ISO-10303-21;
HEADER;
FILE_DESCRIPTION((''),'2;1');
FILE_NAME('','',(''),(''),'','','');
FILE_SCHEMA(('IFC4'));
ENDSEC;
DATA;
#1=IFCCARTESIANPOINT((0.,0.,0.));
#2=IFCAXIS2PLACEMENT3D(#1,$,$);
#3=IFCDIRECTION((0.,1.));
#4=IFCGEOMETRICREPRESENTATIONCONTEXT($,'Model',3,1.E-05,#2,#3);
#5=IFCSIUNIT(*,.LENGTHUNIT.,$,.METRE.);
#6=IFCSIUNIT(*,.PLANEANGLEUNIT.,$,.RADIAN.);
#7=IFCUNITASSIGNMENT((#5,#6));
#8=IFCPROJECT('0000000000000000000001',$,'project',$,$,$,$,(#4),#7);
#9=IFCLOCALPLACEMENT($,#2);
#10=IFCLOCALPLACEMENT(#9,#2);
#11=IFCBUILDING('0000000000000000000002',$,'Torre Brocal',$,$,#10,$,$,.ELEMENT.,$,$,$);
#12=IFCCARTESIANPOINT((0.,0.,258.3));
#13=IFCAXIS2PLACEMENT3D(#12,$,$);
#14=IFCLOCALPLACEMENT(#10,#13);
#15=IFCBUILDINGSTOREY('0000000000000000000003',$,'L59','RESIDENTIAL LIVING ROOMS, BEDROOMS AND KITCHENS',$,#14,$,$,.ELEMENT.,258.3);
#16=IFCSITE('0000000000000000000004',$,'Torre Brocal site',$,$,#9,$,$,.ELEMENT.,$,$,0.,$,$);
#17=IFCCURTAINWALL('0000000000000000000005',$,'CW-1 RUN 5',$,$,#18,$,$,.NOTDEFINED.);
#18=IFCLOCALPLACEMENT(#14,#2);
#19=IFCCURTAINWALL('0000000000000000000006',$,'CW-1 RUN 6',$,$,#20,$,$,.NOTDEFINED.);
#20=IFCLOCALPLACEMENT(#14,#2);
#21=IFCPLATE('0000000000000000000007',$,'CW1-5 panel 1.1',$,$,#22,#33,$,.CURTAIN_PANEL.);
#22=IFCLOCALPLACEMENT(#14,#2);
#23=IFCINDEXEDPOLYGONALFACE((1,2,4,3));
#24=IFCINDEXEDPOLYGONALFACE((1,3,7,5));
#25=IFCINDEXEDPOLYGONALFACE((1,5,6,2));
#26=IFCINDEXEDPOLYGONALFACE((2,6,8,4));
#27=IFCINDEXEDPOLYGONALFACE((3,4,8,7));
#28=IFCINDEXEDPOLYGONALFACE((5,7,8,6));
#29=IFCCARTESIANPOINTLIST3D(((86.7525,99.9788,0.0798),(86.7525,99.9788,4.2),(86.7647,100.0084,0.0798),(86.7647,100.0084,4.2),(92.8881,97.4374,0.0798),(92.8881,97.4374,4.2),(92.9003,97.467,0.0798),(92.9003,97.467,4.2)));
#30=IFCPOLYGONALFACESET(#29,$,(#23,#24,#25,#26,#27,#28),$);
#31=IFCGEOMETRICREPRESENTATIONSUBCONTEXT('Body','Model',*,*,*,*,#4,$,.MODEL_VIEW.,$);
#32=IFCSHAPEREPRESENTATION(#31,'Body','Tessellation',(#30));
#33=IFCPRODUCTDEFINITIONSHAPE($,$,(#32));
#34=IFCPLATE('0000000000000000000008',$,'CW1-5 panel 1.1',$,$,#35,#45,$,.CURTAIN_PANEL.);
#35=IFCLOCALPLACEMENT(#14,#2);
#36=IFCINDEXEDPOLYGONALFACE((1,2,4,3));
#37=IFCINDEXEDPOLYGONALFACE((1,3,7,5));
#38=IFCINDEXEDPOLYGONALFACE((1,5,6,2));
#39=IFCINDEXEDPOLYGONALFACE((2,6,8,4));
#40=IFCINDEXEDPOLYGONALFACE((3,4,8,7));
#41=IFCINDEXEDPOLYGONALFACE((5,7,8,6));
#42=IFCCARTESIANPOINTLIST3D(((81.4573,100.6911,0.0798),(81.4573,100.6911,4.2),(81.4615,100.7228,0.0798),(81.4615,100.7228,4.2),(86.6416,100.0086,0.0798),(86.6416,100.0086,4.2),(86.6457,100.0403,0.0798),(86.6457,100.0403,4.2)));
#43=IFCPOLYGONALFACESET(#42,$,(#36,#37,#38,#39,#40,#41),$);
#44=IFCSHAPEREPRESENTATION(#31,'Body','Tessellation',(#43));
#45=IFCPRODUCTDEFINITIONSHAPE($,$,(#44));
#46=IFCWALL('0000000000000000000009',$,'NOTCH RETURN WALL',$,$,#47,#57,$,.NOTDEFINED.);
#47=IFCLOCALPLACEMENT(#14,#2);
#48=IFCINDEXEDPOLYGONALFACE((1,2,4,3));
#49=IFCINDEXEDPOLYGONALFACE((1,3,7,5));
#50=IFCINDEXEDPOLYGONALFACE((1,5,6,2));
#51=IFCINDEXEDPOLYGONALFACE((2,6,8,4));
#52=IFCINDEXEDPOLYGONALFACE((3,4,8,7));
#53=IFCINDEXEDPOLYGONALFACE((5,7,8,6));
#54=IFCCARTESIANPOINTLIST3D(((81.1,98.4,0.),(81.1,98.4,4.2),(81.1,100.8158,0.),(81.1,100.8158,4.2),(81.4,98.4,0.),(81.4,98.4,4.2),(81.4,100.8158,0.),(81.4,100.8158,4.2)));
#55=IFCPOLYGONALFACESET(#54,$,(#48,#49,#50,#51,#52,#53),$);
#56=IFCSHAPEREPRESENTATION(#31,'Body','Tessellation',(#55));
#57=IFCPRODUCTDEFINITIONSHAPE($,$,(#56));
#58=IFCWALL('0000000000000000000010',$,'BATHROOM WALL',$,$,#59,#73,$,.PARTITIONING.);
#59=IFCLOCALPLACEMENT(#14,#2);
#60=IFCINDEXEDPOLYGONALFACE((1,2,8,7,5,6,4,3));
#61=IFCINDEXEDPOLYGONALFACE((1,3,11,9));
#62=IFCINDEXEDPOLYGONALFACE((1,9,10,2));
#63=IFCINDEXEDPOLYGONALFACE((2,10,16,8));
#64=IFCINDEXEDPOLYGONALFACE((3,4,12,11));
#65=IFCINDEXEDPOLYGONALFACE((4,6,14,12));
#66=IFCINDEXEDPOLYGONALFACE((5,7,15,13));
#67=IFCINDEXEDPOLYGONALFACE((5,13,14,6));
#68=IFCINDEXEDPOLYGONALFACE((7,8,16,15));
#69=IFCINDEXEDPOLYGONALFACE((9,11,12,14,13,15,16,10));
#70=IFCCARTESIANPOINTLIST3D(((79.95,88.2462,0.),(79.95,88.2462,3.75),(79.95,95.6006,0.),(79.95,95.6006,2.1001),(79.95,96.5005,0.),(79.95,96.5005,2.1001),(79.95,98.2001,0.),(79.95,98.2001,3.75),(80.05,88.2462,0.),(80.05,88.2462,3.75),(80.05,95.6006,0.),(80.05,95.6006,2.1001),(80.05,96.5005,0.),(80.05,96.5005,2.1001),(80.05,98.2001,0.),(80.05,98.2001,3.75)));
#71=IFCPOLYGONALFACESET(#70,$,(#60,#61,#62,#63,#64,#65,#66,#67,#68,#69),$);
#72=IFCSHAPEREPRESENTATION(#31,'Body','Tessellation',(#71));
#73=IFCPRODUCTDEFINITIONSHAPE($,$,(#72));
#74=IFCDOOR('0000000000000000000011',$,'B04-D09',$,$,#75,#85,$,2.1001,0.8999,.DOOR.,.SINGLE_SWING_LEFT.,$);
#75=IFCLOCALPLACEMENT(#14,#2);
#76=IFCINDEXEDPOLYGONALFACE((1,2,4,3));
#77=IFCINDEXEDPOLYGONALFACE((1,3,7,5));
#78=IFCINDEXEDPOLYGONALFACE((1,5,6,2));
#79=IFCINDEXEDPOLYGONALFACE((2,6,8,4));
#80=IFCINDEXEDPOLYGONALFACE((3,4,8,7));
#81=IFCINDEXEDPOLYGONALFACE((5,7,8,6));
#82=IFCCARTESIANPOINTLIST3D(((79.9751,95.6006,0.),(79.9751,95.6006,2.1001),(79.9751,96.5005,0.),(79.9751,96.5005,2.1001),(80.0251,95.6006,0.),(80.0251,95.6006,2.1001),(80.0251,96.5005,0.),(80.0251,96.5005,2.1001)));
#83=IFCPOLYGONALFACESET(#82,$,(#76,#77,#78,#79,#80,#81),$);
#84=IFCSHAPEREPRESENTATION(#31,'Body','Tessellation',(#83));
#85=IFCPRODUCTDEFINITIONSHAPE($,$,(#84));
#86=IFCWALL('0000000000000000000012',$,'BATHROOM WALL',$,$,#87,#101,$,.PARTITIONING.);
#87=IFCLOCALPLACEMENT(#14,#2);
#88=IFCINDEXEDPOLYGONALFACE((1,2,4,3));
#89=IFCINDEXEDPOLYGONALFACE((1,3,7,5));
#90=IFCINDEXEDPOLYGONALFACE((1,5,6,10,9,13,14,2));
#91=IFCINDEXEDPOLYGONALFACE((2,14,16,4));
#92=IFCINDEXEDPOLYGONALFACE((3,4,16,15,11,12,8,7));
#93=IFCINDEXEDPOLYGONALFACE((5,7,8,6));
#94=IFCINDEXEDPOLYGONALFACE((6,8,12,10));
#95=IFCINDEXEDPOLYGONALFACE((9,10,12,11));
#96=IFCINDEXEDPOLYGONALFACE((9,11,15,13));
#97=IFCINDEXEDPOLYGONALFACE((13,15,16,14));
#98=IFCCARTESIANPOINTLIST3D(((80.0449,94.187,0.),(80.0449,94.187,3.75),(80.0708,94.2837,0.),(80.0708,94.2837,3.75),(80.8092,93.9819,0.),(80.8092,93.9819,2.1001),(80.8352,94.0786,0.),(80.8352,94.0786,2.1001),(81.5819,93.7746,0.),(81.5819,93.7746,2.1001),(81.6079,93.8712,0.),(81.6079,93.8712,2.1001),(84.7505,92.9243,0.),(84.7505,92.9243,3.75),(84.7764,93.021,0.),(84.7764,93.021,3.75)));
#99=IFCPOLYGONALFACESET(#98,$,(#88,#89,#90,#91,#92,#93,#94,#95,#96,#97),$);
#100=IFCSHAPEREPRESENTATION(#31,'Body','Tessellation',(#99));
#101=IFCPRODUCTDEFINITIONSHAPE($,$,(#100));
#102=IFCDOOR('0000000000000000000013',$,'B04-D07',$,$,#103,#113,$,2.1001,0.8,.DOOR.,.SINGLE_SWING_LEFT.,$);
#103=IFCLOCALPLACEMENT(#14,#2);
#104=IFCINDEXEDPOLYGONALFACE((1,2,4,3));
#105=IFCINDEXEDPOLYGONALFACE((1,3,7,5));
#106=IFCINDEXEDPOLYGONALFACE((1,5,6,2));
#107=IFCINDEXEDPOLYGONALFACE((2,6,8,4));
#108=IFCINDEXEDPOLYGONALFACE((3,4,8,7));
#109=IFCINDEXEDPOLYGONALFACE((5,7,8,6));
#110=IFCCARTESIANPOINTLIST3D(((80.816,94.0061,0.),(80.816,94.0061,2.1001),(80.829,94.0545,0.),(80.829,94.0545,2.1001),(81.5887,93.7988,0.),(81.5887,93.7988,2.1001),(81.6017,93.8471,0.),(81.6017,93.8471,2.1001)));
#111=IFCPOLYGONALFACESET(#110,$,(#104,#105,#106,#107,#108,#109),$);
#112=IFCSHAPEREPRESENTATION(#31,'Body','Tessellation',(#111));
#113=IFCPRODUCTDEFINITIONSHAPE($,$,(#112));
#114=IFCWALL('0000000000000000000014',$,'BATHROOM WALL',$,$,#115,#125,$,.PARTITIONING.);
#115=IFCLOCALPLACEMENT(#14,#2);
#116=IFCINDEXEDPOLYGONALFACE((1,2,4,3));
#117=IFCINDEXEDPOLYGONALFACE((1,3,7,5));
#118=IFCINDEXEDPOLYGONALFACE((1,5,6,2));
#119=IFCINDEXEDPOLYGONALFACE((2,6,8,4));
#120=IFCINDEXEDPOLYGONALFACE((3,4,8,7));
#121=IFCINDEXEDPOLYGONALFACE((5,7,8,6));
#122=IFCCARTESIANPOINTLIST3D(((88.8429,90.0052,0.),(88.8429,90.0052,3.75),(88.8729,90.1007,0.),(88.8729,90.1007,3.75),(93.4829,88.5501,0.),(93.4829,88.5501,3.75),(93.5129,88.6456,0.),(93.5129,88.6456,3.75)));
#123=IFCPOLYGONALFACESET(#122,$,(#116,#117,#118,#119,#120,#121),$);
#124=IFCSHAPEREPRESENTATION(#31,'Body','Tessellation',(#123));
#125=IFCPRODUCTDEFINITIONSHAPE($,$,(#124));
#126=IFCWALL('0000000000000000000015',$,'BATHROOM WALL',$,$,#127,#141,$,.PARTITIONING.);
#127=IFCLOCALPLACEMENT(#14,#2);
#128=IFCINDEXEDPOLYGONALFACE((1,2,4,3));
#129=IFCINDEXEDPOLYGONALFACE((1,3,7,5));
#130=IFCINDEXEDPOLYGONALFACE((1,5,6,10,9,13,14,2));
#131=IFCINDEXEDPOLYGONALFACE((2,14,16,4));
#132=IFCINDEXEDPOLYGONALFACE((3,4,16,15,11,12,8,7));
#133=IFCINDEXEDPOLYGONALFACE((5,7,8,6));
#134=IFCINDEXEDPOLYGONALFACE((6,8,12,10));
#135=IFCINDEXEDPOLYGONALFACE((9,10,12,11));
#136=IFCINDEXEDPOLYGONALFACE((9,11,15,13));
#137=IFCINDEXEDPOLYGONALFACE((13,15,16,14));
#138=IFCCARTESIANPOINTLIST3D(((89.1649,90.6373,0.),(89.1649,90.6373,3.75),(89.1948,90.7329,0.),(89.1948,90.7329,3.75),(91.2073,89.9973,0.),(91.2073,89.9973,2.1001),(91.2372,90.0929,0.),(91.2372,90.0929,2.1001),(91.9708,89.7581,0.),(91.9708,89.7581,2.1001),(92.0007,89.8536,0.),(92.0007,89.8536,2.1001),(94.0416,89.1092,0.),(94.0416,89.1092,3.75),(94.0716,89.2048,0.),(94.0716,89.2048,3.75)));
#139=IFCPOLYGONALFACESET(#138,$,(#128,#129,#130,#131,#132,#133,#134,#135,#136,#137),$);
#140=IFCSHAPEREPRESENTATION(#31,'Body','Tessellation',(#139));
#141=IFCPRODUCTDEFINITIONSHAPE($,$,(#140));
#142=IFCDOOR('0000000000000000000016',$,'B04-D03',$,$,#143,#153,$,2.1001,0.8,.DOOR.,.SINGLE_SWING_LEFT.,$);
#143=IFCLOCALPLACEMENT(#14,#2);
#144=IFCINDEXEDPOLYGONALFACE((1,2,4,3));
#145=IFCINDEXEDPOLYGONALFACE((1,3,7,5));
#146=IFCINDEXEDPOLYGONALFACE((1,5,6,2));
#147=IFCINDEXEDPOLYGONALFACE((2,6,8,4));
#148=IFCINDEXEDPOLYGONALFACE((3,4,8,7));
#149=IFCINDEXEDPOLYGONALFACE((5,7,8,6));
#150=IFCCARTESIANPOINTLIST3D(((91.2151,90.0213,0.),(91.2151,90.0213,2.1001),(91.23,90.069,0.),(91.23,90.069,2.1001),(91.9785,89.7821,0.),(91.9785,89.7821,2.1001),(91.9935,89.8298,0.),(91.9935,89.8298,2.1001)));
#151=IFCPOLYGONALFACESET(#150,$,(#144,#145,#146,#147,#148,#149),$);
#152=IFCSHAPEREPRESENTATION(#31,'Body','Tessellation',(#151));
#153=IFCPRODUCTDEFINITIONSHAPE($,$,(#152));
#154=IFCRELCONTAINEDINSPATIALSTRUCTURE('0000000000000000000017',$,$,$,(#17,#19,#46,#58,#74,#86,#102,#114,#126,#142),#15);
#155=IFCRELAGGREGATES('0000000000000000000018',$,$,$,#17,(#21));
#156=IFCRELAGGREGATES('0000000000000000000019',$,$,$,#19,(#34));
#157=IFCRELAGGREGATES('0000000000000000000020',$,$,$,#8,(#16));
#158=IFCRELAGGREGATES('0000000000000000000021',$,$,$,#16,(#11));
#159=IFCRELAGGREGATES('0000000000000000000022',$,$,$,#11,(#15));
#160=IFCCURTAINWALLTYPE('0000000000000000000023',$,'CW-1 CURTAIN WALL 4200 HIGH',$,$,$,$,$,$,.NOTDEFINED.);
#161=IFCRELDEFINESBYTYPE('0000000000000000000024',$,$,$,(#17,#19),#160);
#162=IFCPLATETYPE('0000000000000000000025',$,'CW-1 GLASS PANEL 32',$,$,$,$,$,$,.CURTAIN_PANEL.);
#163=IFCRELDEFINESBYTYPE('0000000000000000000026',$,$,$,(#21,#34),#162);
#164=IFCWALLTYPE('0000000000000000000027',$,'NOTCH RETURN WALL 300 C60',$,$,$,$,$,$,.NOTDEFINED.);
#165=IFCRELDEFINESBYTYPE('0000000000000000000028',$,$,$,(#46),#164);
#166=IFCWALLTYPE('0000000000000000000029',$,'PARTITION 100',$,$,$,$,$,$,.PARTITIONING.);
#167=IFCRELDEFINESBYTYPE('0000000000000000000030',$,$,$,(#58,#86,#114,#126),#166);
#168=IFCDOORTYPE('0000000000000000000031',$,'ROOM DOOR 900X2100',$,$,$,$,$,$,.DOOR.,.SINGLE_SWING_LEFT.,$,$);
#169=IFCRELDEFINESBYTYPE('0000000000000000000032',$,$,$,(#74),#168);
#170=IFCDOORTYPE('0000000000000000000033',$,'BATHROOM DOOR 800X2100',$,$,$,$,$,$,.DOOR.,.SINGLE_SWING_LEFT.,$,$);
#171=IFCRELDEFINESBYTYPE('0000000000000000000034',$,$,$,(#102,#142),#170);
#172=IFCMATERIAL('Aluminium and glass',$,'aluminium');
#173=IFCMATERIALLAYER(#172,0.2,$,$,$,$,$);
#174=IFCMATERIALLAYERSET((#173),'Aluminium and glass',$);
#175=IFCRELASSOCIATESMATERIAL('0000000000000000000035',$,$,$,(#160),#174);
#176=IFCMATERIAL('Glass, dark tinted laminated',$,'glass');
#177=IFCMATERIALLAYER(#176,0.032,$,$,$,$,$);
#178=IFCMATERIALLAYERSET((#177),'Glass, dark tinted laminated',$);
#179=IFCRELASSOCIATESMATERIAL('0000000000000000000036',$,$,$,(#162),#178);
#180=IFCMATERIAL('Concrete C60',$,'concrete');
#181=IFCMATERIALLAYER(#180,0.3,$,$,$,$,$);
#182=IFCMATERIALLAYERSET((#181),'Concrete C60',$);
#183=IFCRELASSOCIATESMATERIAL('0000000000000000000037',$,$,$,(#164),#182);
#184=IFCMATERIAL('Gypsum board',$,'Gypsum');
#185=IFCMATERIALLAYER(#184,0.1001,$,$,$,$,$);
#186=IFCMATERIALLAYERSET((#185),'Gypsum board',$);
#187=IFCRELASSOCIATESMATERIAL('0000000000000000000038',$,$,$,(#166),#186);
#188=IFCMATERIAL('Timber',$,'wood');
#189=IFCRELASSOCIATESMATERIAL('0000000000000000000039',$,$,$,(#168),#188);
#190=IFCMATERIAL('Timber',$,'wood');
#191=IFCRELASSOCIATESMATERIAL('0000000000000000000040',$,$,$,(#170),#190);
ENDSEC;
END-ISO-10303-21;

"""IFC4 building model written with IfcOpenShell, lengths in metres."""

from ifc_helpers import new_model, si_unit, direction, frame, frame_2d, origin, origin_2d, place, context, subcontext, project, spatial, rectangle, extrude, material, layer, layer_set, type_object, element, fill, aggregate, save


model = new_model("IFC4")

# Units and contexts
model_context = context("Model", 3, precision=1e-05, world=origin(), true_north=direction((0.0, 1.0)))
body_context = subcontext(model_context, "Body", "Model", "MODEL_VIEW")
ifc_project = project(units=[si_unit("LENGTHUNIT", "METRE"), si_unit("PLANEANGLEUNIT", "RADIAN")], contexts=[model_context])

# Site, building, storey
site_placement = place(None, origin())
site = spatial("IfcSite", under=ifc_project, at=site_placement, Name="Torre Brocal site", CompositionType="ELEMENT", RefElevation=0.0)
building_placement = place(site_placement, origin())
building = spatial("IfcBuilding", under=site, at=building_placement, Name="Torre Brocal", CompositionType="ELEMENT")
storey_placement = place(building_placement, frame((0.0, 0.0, 258.3)))
storey = spatial("IfcBuildingStorey", under=building, at=storey_placement, Name="L59", Description="RESIDENTIAL LIVING ROOMS, BEDROOMS AND KITCHENS", CompositionType="ELEMENT", Elevation=258.3)

# Curtain wall
ifc_material_1 = material(Name="Aluminium and glass", Category="aluminium")
ifc_layer_1 = layer(ifc_material_1, 0.2)
ifc_layer_set_1 = layer_set([ifc_layer_1], Name="Aluminium and glass")
curtain_wall_type = type_object("IfcCurtainWallType", Name="CW-1 CURTAIN WALL 4200 HIGH", PredefinedType="NOTDEFINED", material=ifc_layer_set_1)
curtain_wall_1_placement = place(storey_placement, origin())
curtain_wall_1 = element("IfcCurtainWall", 1, at=curtain_wall_1_placement, inside=storey, type_object=curtain_wall_type, Name="CW-1 RUN 5", PredefinedType="NOTDEFINED")

# Curtain wall
curtain_wall_2_placement = place(storey_placement, origin())
curtain_wall_2 = element("IfcCurtainWall", 2, at=curtain_wall_2_placement, inside=storey, type_object=curtain_wall_type, Name="CW-1 RUN 6", PredefinedType="NOTDEFINED")

# Plates
ifc_material_2 = material(Name="Glass, dark tinted laminated", Category="glass")
ifc_layer_2 = layer(ifc_material_2, 0.032)
ifc_layer_set_2 = layer_set([ifc_layer_2], Name="Glass, dark tinted laminated")
plate_type = type_object("IfcPlateType", Name="CW-1 GLASS PANEL 32", PredefinedType="CURTAIN_PANEL", material=ifc_layer_set_2)
plate_1_placement = place(storey_placement, frame((89.8264, 98.7229, 0.0798), z_axis=(0.0, 0.0, 1.0), x_axis=(-0.92388, 0.382683, 0.0)))
plate_1 = element("IfcPlate", 3, at=plate_1_placement, type_object=plate_type, Name="CW1-5 panel 1.1", PredefinedType="CURTAIN_PANEL", context=body_context, shape_type="SweptSolid", body=[
    extrude(rectangle(XDim=6.6411, YDim=0.032, at=origin_2d()), origin(), (0.0, 0.0, 1.0), 4.1201),
])
aggregate(curtain_wall_1, [plate_1])
plate_2_placement = place(storey_placement, frame((84.0515, 100.3657, 0.0798), z_axis=(0.0, 0.0, 1.0), x_axis=(-0.991445, 0.130526, 0.0)))
plate_2 = element("IfcPlate", 4, at=plate_2_placement, type_object=plate_type, Name="CW1-5 panel 1.1", PredefinedType="CURTAIN_PANEL", context=body_context, shape_type="SweptSolid", body=[
    extrude(rectangle(XDim=5.229, YDim=0.032, at=origin_2d()), origin(), (0.0, 0.0, 1.0), 4.1201),
])
aggregate(curtain_wall_2, [plate_2])

# Wall
ifc_material_3 = material(Name="Concrete C60", Category="concrete")
ifc_layer_3 = layer(ifc_material_3, 0.3)
ifc_layer_set_3 = layer_set([ifc_layer_3], Name="Concrete C60")
wall_type_1 = type_object("IfcWallType", Name="NOTCH RETURN WALL 300 C60", PredefinedType="NOTDEFINED", material=ifc_layer_set_3)
wall_1_placement = place(storey_placement, frame((81.25, 98.3999, 0.0), z_axis=(0.0, 0.0, 1.0), x_axis=(0.0, 1.0, 0.0)))
element("IfcWall", 5, at=wall_1_placement, inside=storey, type_object=wall_type_1, Name="NOTCH RETURN WALL", PredefinedType="NOTDEFINED", context=body_context, shape_type="SweptSolid", body=[
    extrude(rectangle(XDim=2.4158, YDim=0.3, at=frame_2d((1.208, 0.0))), origin(), (0.0, 0.0, 1.0), 4.2),
])

# Walls, openings, doors
ifc_material_4 = material(Name="Gypsum board", Category="Gypsum")
ifc_layer_4 = layer(ifc_material_4, 0.1001)
ifc_layer_set_4 = layer_set([ifc_layer_4], Name="Gypsum board")
wall_type_2 = type_object("IfcWallType", Name="PARTITION 100", PredefinedType="PARTITIONING", material=ifc_layer_set_4)
wall_2_placement = place(storey_placement, frame((80.0, 88.2461, 0.0), z_axis=(0.0, 0.0, 1.0), x_axis=(0.0, 1.0, 0.0)))
wall_2 = element("IfcWall", 6, at=wall_2_placement, inside=storey, type_object=wall_type_2, Name="BATHROOM WALL", PredefinedType="PARTITIONING", context=body_context, shape_type="SweptSolid", body=[
    extrude(rectangle(XDim=9.9539, YDim=0.1001, at=frame_2d((4.9771, 0.0))), origin(), (0.0, 0.0, 1.0), 3.75),
])
opening_1_placement = place(wall_2_placement, frame((7.3545, 0.0, 0.0)))
opening_1 = element("IfcOpeningElement", 7, at=opening_1_placement, cuts=wall_2, PredefinedType="OPENING", context=body_context, shape_type="SweptSolid", body=[
    extrude(rectangle(XDim=0.8999, YDim=2.1001, at=frame_2d((0.45, 1.05))), frame((0.0, 0.0601, 0.0), z_axis=(0.0, -1.0, 0.0), x_axis=(1.0, 0.0, 0.0)), (0.0, 0.0, 1.0), 0.1201),
])
ifc_material_5 = material(Name="Timber", Category="wood")
door_type_1 = type_object("IfcDoorType", Name="ROOM DOOR 900X2100", OperationType="SINGLE_SWING_LEFT", PredefinedType="DOOR", material=ifc_material_5)
door_1_placement = place(opening_1_placement, origin())
door_1 = element("IfcDoor", 8, at=door_1_placement, inside=storey, type_object=door_type_1, Name="B04-D09", OperationType="SINGLE_SWING_LEFT", OverallHeight=2.1001, OverallWidth=0.8999, PredefinedType="DOOR", context=body_context, shape_type="SweptSolid", body=[
    extrude(rectangle(XDim=0.8999, YDim=2.1001, at=frame_2d((0.45, 1.05))), frame((0.0, 0.0249, 0.0), z_axis=(0.0, -1.0, 0.0), x_axis=(1.0, 0.0, 0.0)), (0.0, 0.0, 1.0), 0.05),
])
fill(opening_1, door_1)
wall_3_placement = place(storey_placement, frame((80.0579, 94.2354, 0.0), z_axis=(0.0, 0.0, 1.0), x_axis=(0.965831, -0.259172, 0.0)))
wall_3 = element("IfcWall", 9, at=wall_3_placement, inside=storey, type_object=wall_type_2, Name="BATHROOM WALL", PredefinedType="PARTITIONING", context=body_context, shape_type="SweptSolid", body=[
    extrude(rectangle(XDim=4.8721, YDim=0.1001, at=frame_2d((2.436, 0.0))), origin(), (0.0, 0.0, 1.0), 3.75),
])
opening_2_placement = place(wall_3_placement, frame((0.7915, 0.0, 0.0)))
opening_2 = element("IfcOpeningElement", 10, at=opening_2_placement, cuts=wall_3, PredefinedType="OPENING", context=body_context, shape_type="SweptSolid", body=[
    extrude(rectangle(XDim=0.8, YDim=2.1001, at=frame_2d((0.3999, 1.05))), frame((0.0, 0.0601, 0.0), z_axis=(0.0, -1.0, 0.0), x_axis=(1.0, 0.0, 0.0)), (0.0, 0.0, 1.0), 0.1201),
])
ifc_material_6 = material(Name="Timber", Category="wood")
door_type_2 = type_object("IfcDoorType", Name="BATHROOM DOOR 800X2100", OperationType="SINGLE_SWING_LEFT", PredefinedType="DOOR", material=ifc_material_6)
door_2_placement = place(opening_2_placement, frame((0.8, 0.0, 0.0), z_axis=(0.0, 0.0, 1.0), x_axis=(-1.0, 0.0, 0.0)))
door_2 = element("IfcDoor", 11, at=door_2_placement, inside=storey, type_object=door_type_2, Name="B04-D07", OperationType="SINGLE_SWING_LEFT", OverallHeight=2.1001, OverallWidth=0.8, PredefinedType="DOOR", context=body_context, shape_type="SweptSolid", body=[
    extrude(rectangle(XDim=0.8, YDim=2.1001, at=frame_2d((0.3999, 1.05))), frame((0.0, 0.0249, 0.0), z_axis=(0.0, -1.0, 0.0), x_axis=(1.0, 0.0, 0.0)), (0.0, 0.0, 1.0), 0.05),
])
fill(opening_2, door_2)

# Wall
wall_4_placement = place(storey_placement, frame((88.8579, 90.053, 0.0), z_axis=(0.0, 0.0, 1.0), x_axis=(0.95418, -0.299233, 0.0)))
element("IfcWall", 12, at=wall_4_placement, inside=storey, type_object=wall_type_2, Name="BATHROOM WALL", PredefinedType="PARTITIONING", context=body_context, shape_type="SweptSolid", body=[
    extrude(rectangle(XDim=4.8628, YDim=0.1001, at=frame_2d((2.4314, 0.0))), origin(), (0.0, 0.0, 1.0), 3.75),
])

# Wall, opening, door
wall_5_placement = place(storey_placement, frame((89.1799, 90.6851, 0.0), z_axis=(0.0, 0.0, 1.0), x_axis=(0.954251, -0.299007, 0.0)))
wall_5 = element("IfcWall", 13, at=wall_5_placement, inside=storey, type_object=wall_type_2, Name="BATHROOM WALL", PredefinedType="PARTITIONING", context=body_context, shape_type="SweptSolid", body=[
    extrude(rectangle(XDim=5.1106, YDim=0.1001, at=frame_2d((2.5552, 0.0))), origin(), (0.0, 0.0, 1.0), 3.75),
])
opening_3_placement = place(wall_5_placement, frame((2.1404, 0.0, 0.0)))
opening_3 = element("IfcOpeningElement", 14, at=opening_3_placement, cuts=wall_5, PredefinedType="OPENING", context=body_context, shape_type="SweptSolid", body=[
    extrude(rectangle(XDim=0.8, YDim=2.1001, at=frame_2d((0.3999, 1.05))), frame((0.0, 0.0601, 0.0), z_axis=(0.0, -1.0, 0.0), x_axis=(1.0, 0.0, 0.0)), (0.0, 0.0, 1.0), 0.1201),
])
door_3_placement = place(opening_3_placement, frame((0.8, 0.0, 0.0), z_axis=(0.0, 0.0, 1.0), x_axis=(-1.0, 0.0, 0.0)))
door_3 = element("IfcDoor", 15, at=door_3_placement, inside=storey, type_object=door_type_2, Name="B04-D03", OperationType="SINGLE_SWING_LEFT", OverallHeight=2.1001, OverallWidth=0.8, PredefinedType="DOOR", context=body_context, shape_type="SweptSolid", body=[
    extrude(rectangle(XDim=0.8, YDim=2.1001, at=frame_2d((0.3999, 1.05))), frame((0.0, 0.0249, 0.0), z_axis=(0.0, -1.0, 0.0), x_axis=(1.0, 0.0, 0.0)), (0.0, 0.0, 1.0), 0.05),
])
fill(opening_3, door_3)

save(model, "model.ifc")
